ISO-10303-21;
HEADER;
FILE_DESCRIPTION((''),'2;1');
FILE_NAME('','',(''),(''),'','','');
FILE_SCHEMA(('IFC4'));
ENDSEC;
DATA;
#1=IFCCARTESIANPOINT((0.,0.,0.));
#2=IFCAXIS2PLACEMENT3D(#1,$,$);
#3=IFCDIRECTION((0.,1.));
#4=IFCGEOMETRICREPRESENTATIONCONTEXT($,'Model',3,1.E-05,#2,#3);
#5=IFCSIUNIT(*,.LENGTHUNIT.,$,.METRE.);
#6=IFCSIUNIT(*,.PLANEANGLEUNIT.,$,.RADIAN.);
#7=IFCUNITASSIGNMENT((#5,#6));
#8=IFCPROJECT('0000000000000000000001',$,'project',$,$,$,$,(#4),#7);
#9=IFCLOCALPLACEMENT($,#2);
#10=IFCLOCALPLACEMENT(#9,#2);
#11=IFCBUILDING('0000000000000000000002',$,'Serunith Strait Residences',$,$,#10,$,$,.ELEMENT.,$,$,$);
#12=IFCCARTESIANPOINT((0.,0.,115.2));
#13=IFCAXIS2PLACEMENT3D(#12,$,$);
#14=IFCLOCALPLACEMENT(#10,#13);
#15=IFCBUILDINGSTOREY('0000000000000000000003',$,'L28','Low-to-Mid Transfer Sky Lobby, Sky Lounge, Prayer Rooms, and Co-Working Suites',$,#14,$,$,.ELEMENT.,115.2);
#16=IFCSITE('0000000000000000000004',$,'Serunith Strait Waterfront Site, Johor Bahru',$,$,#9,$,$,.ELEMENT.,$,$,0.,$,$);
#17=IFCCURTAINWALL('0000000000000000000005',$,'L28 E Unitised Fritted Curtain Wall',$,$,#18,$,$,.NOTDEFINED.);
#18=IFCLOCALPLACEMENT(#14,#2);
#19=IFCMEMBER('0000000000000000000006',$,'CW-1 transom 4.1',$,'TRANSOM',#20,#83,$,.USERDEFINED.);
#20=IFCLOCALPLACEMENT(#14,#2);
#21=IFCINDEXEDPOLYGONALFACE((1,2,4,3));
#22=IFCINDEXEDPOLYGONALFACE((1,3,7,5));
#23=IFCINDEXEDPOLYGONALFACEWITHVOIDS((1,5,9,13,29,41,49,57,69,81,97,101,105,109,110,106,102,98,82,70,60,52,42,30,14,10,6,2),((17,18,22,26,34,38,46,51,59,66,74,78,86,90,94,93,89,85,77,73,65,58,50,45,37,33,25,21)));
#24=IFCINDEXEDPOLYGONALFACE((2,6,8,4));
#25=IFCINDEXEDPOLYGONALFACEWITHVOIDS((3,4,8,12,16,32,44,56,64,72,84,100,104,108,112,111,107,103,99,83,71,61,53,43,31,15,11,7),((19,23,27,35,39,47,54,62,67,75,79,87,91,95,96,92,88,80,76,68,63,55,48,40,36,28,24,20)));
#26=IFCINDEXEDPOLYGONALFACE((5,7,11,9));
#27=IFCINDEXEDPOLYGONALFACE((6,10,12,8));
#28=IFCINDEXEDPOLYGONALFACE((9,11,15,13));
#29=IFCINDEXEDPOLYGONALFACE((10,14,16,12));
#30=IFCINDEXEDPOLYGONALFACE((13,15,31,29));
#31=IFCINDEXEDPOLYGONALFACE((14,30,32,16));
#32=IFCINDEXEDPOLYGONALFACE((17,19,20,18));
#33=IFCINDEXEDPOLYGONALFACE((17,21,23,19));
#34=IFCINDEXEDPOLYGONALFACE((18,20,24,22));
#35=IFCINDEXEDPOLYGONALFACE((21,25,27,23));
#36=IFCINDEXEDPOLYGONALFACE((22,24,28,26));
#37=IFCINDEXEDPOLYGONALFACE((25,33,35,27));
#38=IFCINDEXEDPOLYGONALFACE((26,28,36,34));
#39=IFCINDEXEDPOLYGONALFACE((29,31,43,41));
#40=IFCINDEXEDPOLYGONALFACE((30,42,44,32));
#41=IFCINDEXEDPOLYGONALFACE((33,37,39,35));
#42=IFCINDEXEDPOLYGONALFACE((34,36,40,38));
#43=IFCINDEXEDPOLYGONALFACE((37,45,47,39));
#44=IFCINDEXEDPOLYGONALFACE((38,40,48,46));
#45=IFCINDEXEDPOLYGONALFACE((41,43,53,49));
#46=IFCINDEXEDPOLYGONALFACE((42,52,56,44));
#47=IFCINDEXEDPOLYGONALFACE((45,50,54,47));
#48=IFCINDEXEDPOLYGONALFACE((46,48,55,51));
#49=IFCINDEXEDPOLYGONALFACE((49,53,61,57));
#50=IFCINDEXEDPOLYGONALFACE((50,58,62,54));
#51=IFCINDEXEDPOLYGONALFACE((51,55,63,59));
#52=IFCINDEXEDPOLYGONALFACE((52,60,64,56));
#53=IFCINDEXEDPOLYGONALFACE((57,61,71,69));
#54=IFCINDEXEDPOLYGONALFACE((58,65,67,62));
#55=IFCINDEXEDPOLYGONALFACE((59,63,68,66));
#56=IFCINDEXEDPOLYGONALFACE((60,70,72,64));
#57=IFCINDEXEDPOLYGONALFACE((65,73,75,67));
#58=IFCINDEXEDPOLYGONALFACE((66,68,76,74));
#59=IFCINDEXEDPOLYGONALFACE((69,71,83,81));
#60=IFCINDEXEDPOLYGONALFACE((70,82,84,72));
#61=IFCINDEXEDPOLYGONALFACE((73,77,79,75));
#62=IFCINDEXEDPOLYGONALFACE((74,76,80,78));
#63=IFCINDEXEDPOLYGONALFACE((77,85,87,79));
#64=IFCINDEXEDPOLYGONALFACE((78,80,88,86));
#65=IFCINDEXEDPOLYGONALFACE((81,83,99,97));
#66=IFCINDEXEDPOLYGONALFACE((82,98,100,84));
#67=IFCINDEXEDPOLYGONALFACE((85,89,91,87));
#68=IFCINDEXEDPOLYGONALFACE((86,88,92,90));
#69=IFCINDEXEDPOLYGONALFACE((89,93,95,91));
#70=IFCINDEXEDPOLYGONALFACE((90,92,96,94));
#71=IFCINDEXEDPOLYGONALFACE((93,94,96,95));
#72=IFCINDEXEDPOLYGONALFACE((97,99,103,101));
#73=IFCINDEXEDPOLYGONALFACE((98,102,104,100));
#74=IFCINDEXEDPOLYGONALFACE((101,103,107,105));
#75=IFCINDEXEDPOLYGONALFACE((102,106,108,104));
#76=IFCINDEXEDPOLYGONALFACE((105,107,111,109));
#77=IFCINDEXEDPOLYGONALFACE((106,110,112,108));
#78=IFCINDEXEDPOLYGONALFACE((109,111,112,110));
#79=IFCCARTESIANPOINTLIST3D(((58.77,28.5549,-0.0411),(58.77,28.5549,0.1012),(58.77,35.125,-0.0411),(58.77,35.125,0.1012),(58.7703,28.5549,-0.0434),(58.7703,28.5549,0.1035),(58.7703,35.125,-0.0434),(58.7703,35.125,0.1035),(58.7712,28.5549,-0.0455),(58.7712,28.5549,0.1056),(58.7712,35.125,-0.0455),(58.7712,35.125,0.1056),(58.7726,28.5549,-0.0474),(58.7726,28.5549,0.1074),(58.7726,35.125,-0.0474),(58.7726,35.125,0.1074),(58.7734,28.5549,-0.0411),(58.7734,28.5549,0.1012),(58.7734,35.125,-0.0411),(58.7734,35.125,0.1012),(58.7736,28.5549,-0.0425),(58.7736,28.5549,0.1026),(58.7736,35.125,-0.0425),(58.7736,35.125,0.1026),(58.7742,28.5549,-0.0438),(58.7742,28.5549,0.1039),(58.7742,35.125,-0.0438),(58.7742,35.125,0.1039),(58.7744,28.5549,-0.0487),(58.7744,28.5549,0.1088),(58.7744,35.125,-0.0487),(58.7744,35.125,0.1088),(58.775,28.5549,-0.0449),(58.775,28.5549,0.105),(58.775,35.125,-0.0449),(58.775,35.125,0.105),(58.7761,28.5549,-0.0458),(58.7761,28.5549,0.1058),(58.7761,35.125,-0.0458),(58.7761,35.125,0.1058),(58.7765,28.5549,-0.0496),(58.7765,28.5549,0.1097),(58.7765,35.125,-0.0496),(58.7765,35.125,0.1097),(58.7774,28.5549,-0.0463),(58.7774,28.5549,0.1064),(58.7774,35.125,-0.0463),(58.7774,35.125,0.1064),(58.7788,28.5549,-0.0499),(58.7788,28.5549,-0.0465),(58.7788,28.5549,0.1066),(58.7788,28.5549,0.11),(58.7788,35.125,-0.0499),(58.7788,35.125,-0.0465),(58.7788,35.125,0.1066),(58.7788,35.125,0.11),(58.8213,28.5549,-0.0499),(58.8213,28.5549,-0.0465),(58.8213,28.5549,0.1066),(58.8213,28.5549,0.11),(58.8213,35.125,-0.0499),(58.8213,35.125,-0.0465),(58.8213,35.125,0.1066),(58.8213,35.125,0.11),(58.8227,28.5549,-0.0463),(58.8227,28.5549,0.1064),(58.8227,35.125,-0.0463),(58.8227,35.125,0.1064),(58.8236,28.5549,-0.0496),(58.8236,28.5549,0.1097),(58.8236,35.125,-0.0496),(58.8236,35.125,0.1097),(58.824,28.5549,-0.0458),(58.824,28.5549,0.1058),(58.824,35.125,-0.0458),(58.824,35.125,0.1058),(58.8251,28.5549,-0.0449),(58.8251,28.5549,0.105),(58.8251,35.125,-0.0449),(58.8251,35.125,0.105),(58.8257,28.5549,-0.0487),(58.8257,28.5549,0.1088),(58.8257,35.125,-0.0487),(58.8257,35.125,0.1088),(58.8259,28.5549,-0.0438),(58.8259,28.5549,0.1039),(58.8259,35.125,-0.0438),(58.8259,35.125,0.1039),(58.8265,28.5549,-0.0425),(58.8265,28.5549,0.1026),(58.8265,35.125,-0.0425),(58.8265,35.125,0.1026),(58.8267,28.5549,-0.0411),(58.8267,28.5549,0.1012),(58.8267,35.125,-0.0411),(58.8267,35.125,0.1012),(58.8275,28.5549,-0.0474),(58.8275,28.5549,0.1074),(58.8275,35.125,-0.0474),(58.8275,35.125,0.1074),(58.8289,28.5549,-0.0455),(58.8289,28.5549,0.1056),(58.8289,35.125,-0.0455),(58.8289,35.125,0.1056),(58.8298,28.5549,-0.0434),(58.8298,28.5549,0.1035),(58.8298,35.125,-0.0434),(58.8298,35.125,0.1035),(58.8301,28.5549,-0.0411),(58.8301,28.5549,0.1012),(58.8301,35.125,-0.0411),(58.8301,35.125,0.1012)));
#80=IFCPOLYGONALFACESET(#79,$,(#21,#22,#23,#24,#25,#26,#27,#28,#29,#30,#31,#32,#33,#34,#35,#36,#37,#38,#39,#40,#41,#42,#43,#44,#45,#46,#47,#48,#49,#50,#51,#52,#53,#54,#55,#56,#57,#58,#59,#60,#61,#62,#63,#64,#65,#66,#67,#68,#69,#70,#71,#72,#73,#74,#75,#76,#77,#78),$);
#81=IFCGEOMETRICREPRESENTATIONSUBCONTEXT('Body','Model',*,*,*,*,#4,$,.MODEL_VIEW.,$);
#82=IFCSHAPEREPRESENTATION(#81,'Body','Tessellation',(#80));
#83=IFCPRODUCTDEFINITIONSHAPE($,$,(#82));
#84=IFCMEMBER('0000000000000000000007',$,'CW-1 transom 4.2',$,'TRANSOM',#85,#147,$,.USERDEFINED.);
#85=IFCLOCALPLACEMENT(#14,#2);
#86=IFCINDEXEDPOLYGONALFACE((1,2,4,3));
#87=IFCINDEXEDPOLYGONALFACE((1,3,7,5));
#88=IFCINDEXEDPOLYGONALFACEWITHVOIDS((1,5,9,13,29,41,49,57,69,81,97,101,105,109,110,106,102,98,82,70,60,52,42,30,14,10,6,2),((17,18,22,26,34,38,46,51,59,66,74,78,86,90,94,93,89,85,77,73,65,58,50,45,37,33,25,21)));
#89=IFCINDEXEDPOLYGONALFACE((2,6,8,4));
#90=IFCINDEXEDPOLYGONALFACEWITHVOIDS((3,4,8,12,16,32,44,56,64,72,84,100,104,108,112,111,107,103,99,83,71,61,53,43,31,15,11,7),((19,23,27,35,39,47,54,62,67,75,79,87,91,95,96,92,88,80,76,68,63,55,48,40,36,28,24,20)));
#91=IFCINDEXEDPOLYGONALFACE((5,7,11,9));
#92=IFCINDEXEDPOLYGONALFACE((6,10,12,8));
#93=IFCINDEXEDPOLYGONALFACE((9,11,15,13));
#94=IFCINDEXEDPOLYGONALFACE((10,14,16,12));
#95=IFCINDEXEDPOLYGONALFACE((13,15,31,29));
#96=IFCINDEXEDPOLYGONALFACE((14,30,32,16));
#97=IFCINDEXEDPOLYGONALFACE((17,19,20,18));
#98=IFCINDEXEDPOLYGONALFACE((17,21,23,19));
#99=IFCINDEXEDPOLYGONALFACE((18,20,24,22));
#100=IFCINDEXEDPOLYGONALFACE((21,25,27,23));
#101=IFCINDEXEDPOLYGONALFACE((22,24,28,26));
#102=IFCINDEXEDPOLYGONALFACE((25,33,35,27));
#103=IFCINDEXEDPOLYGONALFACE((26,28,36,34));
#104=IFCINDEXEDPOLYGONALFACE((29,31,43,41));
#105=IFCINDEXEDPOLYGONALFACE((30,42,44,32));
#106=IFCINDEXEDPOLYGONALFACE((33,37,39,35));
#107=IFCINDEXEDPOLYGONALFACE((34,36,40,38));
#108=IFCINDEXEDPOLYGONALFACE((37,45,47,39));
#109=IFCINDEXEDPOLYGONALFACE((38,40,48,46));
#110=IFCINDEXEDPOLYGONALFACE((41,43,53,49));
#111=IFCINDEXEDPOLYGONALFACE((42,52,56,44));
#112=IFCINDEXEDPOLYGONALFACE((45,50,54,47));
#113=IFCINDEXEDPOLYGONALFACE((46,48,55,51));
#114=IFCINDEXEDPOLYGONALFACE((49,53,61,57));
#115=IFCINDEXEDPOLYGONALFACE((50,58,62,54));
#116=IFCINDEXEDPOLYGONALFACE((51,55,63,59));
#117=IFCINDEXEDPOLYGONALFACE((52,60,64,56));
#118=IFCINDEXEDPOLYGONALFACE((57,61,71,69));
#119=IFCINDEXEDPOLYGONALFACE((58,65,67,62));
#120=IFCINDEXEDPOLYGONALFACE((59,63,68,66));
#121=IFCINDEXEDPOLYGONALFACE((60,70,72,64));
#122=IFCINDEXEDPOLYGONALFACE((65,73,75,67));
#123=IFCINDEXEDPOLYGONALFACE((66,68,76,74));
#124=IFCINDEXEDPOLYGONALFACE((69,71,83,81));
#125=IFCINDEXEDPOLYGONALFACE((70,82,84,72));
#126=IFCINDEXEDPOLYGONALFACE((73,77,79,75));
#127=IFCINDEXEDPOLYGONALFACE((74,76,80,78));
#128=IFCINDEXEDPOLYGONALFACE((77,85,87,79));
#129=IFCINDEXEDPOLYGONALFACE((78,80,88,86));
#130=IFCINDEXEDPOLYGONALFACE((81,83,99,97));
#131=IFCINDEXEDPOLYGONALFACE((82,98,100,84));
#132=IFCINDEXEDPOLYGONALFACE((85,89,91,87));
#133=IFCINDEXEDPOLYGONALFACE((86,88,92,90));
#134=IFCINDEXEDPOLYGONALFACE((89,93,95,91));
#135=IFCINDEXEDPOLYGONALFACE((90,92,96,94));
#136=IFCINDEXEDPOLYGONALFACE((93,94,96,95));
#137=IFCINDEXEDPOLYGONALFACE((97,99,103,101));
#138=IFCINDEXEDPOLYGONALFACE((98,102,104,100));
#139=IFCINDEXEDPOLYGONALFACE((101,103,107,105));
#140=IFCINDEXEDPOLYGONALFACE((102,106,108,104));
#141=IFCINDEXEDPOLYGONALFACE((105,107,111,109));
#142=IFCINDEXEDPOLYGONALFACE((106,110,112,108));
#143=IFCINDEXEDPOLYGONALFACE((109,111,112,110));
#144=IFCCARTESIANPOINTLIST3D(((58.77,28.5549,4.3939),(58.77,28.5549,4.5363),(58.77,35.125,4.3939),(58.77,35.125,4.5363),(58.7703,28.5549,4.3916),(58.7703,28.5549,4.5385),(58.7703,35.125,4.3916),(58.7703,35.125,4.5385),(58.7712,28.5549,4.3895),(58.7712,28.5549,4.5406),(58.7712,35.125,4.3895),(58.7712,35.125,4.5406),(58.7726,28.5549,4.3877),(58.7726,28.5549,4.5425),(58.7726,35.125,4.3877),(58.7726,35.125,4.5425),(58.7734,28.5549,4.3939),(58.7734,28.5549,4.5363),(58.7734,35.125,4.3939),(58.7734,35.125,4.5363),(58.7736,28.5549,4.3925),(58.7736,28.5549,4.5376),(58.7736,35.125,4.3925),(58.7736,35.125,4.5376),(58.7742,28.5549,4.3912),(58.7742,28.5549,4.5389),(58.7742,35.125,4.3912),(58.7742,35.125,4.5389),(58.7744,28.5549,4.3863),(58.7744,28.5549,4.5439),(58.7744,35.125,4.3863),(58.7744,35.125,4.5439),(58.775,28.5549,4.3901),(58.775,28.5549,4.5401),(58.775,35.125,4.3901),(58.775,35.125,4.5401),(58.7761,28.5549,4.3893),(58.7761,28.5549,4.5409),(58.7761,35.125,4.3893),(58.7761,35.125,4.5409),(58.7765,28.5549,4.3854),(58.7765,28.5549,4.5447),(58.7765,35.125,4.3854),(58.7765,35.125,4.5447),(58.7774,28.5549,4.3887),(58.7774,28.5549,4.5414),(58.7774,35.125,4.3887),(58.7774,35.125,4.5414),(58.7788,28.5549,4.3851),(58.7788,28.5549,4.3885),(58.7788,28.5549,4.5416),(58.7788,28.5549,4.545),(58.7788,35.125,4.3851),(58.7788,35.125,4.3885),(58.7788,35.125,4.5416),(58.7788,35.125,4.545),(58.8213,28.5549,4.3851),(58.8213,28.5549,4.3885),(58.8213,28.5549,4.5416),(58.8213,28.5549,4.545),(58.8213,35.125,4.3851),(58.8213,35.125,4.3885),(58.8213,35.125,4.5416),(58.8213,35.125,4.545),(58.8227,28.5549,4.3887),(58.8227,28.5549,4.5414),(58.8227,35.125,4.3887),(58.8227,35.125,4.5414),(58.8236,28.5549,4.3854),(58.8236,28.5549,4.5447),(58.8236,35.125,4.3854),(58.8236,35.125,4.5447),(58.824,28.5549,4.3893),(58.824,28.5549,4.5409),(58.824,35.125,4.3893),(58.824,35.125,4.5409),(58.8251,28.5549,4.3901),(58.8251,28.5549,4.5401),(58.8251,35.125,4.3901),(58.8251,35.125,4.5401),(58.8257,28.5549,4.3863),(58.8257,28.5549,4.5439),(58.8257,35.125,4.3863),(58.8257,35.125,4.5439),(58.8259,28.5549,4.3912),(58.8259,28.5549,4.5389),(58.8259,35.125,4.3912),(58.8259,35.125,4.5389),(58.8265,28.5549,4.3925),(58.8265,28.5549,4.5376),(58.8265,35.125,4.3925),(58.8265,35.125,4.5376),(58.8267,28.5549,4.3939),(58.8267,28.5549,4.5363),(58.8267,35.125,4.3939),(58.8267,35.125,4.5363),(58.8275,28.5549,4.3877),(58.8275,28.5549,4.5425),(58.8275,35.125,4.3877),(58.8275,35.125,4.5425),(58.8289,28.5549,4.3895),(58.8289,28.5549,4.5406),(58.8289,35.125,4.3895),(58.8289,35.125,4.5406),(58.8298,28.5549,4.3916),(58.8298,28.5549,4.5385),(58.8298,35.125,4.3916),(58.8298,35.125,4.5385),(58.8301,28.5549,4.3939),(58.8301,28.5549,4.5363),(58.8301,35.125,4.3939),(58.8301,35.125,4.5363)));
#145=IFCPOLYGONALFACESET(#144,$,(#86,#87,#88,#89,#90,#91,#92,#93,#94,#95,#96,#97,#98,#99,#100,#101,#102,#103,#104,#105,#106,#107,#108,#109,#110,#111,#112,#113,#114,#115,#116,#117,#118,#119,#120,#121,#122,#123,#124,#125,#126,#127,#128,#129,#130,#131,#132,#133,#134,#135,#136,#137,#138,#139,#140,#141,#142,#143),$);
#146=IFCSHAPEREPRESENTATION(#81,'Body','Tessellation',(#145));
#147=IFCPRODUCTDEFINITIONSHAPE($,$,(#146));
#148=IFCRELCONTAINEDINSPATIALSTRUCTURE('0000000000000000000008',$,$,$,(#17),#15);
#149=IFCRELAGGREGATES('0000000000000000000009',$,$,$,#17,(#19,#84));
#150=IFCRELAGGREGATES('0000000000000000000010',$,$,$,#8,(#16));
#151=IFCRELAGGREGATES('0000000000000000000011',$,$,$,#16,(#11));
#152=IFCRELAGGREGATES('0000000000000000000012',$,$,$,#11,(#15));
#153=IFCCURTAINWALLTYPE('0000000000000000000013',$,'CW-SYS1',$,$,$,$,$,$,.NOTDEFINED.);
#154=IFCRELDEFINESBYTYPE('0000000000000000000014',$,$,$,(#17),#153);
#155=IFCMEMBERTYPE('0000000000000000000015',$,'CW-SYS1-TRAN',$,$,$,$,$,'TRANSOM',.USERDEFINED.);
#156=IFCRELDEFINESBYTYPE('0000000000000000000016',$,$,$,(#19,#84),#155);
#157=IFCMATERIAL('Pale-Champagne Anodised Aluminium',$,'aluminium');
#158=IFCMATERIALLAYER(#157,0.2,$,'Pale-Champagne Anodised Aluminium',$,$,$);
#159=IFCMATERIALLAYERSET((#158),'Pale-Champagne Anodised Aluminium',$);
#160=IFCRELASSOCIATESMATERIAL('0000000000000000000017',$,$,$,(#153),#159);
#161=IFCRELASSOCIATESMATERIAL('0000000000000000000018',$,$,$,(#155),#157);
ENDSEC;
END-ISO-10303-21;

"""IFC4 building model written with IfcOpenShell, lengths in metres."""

from ifc_helpers import new_model, si_unit, direction, frame, origin, origin_2d, place, context, subcontext, project, spatial, hollow_rectangle, extrude, source, transform, mapped, material, layer, layer_set, material_profile, profile_set, type_object, element, aggregate, save


model = new_model("IFC4")

# Units and contexts
model_context = context("Model", 3, precision=1e-05, world=origin(), true_north=direction((0.0, 1.0)))
body_context = subcontext(model_context, "Body", "Model", "MODEL_VIEW")
ifc_project = project(units=[si_unit("LENGTHUNIT", "METRE"), si_unit("PLANEANGLEUNIT", "RADIAN")], contexts=[model_context])

# Site, building, storey
site_placement = place(None, origin())
site = spatial("IfcSite", under=ifc_project, at=site_placement, Name="Serunith Strait Waterfront Site, Johor Bahru", CompositionType="ELEMENT", RefElevation=0.0)
building_placement = place(site_placement, origin())
building = spatial("IfcBuilding", under=site, at=building_placement, Name="Serunith Strait Residences", CompositionType="ELEMENT")
storey_placement = place(building_placement, frame((0.0, 0.0, 115.2)))
storey = spatial("IfcBuildingStorey", under=building, at=storey_placement, Name="L28", Description="Low-to-Mid Transfer Sky Lobby, Sky Lounge, Prayer Rooms, and Co-Working Suites", CompositionType="ELEMENT", Elevation=115.2)

# Curtain wall, members
ifc_material_1 = material(Name="Pale-Champagne Anodised Aluminium", Category="aluminium")
ifc_layer_1 = layer(ifc_material_1, 0.2, Name="Pale-Champagne Anodised Aluminium")
ifc_layer_set_1 = layer_set([ifc_layer_1], Name="Pale-Champagne Anodised Aluminium")
curtain_wall_type = type_object("IfcCurtainWallType", Name="CW-SYS1", PredefinedType="NOTDEFINED", material=ifc_layer_set_1)
curtain_wall_placement = place(storey_placement, origin())
curtain_wall = element("IfcCurtainWall", 1, at=curtain_wall_placement, inside=storey, type_object=curtain_wall_type, Name="L28 E Unitised Fritted Curtain Wall", PredefinedType="NOTDEFINED")
ifc_material_profile_1 = material_profile(ifc_material_1, hollow_rectangle(XDim=0.0601, YDim=0.1599, WallThickness=0.0034, InnerFilletRadius=0.0054, OuterFilletRadius=0.0088, at=origin_2d()), Name="ALU 160x60x3.5")
ifc_profile_set_1 = profile_set([ifc_material_profile_1], Name="Pale-Champagne Anodised Aluminium")
member_type_1 = type_object("IfcMemberType", Name="CW-SYS1-TRAN", ElementType="TRANSOM", PredefinedType="USERDEFINED", material=ifc_profile_set_1)
shared_shape_1 = source(origin(), body_context, "Body", "SweptSolid", [
    extrude(hollow_rectangle(XDim=0.0601, YDim=0.1599, WallThickness=0.0034, InnerFilletRadius=0.0054, OuterFilletRadius=0.0088, at=origin_2d()), origin(), (0.0, 0.0, 1.0), 6.5701),
])
member_1_placement = place(storey_placement, frame((58.8, 28.5549, 0.03), z_axis=(0.0, 1.0, 0.0), x_axis=(-1.0, 0.0, 0.0)))
member_1 = element("IfcMember", 2, at=member_1_placement, type_object=member_type_1, Name="CW-1 transom 4.1", ObjectType="TRANSOM", PredefinedType="USERDEFINED", context=body_context, shape_type="MappedRepresentation", body=[
    mapped(shared_shape_1, transform((0.0, 0.0, 0.0), scale=1.0)),
])
member_2_placement = place(storey_placement, frame((58.8, 28.5549, 4.4651), z_axis=(0.0, 1.0, 0.0), x_axis=(-1.0, 0.0, 0.0)))
member_2 = element("IfcMember", 3, at=member_2_placement, type_object=member_type_1, Name="CW-1 transom 4.2", ObjectType="TRANSOM", PredefinedType="USERDEFINED", context=body_context, shape_type="MappedRepresentation", body=[
    mapped(shared_shape_1, transform((0.0, 0.0, 0.0), scale=1.0)),
])
aggregate(curtain_wall, [member_1, member_2])

save(model, "model.ifc")
